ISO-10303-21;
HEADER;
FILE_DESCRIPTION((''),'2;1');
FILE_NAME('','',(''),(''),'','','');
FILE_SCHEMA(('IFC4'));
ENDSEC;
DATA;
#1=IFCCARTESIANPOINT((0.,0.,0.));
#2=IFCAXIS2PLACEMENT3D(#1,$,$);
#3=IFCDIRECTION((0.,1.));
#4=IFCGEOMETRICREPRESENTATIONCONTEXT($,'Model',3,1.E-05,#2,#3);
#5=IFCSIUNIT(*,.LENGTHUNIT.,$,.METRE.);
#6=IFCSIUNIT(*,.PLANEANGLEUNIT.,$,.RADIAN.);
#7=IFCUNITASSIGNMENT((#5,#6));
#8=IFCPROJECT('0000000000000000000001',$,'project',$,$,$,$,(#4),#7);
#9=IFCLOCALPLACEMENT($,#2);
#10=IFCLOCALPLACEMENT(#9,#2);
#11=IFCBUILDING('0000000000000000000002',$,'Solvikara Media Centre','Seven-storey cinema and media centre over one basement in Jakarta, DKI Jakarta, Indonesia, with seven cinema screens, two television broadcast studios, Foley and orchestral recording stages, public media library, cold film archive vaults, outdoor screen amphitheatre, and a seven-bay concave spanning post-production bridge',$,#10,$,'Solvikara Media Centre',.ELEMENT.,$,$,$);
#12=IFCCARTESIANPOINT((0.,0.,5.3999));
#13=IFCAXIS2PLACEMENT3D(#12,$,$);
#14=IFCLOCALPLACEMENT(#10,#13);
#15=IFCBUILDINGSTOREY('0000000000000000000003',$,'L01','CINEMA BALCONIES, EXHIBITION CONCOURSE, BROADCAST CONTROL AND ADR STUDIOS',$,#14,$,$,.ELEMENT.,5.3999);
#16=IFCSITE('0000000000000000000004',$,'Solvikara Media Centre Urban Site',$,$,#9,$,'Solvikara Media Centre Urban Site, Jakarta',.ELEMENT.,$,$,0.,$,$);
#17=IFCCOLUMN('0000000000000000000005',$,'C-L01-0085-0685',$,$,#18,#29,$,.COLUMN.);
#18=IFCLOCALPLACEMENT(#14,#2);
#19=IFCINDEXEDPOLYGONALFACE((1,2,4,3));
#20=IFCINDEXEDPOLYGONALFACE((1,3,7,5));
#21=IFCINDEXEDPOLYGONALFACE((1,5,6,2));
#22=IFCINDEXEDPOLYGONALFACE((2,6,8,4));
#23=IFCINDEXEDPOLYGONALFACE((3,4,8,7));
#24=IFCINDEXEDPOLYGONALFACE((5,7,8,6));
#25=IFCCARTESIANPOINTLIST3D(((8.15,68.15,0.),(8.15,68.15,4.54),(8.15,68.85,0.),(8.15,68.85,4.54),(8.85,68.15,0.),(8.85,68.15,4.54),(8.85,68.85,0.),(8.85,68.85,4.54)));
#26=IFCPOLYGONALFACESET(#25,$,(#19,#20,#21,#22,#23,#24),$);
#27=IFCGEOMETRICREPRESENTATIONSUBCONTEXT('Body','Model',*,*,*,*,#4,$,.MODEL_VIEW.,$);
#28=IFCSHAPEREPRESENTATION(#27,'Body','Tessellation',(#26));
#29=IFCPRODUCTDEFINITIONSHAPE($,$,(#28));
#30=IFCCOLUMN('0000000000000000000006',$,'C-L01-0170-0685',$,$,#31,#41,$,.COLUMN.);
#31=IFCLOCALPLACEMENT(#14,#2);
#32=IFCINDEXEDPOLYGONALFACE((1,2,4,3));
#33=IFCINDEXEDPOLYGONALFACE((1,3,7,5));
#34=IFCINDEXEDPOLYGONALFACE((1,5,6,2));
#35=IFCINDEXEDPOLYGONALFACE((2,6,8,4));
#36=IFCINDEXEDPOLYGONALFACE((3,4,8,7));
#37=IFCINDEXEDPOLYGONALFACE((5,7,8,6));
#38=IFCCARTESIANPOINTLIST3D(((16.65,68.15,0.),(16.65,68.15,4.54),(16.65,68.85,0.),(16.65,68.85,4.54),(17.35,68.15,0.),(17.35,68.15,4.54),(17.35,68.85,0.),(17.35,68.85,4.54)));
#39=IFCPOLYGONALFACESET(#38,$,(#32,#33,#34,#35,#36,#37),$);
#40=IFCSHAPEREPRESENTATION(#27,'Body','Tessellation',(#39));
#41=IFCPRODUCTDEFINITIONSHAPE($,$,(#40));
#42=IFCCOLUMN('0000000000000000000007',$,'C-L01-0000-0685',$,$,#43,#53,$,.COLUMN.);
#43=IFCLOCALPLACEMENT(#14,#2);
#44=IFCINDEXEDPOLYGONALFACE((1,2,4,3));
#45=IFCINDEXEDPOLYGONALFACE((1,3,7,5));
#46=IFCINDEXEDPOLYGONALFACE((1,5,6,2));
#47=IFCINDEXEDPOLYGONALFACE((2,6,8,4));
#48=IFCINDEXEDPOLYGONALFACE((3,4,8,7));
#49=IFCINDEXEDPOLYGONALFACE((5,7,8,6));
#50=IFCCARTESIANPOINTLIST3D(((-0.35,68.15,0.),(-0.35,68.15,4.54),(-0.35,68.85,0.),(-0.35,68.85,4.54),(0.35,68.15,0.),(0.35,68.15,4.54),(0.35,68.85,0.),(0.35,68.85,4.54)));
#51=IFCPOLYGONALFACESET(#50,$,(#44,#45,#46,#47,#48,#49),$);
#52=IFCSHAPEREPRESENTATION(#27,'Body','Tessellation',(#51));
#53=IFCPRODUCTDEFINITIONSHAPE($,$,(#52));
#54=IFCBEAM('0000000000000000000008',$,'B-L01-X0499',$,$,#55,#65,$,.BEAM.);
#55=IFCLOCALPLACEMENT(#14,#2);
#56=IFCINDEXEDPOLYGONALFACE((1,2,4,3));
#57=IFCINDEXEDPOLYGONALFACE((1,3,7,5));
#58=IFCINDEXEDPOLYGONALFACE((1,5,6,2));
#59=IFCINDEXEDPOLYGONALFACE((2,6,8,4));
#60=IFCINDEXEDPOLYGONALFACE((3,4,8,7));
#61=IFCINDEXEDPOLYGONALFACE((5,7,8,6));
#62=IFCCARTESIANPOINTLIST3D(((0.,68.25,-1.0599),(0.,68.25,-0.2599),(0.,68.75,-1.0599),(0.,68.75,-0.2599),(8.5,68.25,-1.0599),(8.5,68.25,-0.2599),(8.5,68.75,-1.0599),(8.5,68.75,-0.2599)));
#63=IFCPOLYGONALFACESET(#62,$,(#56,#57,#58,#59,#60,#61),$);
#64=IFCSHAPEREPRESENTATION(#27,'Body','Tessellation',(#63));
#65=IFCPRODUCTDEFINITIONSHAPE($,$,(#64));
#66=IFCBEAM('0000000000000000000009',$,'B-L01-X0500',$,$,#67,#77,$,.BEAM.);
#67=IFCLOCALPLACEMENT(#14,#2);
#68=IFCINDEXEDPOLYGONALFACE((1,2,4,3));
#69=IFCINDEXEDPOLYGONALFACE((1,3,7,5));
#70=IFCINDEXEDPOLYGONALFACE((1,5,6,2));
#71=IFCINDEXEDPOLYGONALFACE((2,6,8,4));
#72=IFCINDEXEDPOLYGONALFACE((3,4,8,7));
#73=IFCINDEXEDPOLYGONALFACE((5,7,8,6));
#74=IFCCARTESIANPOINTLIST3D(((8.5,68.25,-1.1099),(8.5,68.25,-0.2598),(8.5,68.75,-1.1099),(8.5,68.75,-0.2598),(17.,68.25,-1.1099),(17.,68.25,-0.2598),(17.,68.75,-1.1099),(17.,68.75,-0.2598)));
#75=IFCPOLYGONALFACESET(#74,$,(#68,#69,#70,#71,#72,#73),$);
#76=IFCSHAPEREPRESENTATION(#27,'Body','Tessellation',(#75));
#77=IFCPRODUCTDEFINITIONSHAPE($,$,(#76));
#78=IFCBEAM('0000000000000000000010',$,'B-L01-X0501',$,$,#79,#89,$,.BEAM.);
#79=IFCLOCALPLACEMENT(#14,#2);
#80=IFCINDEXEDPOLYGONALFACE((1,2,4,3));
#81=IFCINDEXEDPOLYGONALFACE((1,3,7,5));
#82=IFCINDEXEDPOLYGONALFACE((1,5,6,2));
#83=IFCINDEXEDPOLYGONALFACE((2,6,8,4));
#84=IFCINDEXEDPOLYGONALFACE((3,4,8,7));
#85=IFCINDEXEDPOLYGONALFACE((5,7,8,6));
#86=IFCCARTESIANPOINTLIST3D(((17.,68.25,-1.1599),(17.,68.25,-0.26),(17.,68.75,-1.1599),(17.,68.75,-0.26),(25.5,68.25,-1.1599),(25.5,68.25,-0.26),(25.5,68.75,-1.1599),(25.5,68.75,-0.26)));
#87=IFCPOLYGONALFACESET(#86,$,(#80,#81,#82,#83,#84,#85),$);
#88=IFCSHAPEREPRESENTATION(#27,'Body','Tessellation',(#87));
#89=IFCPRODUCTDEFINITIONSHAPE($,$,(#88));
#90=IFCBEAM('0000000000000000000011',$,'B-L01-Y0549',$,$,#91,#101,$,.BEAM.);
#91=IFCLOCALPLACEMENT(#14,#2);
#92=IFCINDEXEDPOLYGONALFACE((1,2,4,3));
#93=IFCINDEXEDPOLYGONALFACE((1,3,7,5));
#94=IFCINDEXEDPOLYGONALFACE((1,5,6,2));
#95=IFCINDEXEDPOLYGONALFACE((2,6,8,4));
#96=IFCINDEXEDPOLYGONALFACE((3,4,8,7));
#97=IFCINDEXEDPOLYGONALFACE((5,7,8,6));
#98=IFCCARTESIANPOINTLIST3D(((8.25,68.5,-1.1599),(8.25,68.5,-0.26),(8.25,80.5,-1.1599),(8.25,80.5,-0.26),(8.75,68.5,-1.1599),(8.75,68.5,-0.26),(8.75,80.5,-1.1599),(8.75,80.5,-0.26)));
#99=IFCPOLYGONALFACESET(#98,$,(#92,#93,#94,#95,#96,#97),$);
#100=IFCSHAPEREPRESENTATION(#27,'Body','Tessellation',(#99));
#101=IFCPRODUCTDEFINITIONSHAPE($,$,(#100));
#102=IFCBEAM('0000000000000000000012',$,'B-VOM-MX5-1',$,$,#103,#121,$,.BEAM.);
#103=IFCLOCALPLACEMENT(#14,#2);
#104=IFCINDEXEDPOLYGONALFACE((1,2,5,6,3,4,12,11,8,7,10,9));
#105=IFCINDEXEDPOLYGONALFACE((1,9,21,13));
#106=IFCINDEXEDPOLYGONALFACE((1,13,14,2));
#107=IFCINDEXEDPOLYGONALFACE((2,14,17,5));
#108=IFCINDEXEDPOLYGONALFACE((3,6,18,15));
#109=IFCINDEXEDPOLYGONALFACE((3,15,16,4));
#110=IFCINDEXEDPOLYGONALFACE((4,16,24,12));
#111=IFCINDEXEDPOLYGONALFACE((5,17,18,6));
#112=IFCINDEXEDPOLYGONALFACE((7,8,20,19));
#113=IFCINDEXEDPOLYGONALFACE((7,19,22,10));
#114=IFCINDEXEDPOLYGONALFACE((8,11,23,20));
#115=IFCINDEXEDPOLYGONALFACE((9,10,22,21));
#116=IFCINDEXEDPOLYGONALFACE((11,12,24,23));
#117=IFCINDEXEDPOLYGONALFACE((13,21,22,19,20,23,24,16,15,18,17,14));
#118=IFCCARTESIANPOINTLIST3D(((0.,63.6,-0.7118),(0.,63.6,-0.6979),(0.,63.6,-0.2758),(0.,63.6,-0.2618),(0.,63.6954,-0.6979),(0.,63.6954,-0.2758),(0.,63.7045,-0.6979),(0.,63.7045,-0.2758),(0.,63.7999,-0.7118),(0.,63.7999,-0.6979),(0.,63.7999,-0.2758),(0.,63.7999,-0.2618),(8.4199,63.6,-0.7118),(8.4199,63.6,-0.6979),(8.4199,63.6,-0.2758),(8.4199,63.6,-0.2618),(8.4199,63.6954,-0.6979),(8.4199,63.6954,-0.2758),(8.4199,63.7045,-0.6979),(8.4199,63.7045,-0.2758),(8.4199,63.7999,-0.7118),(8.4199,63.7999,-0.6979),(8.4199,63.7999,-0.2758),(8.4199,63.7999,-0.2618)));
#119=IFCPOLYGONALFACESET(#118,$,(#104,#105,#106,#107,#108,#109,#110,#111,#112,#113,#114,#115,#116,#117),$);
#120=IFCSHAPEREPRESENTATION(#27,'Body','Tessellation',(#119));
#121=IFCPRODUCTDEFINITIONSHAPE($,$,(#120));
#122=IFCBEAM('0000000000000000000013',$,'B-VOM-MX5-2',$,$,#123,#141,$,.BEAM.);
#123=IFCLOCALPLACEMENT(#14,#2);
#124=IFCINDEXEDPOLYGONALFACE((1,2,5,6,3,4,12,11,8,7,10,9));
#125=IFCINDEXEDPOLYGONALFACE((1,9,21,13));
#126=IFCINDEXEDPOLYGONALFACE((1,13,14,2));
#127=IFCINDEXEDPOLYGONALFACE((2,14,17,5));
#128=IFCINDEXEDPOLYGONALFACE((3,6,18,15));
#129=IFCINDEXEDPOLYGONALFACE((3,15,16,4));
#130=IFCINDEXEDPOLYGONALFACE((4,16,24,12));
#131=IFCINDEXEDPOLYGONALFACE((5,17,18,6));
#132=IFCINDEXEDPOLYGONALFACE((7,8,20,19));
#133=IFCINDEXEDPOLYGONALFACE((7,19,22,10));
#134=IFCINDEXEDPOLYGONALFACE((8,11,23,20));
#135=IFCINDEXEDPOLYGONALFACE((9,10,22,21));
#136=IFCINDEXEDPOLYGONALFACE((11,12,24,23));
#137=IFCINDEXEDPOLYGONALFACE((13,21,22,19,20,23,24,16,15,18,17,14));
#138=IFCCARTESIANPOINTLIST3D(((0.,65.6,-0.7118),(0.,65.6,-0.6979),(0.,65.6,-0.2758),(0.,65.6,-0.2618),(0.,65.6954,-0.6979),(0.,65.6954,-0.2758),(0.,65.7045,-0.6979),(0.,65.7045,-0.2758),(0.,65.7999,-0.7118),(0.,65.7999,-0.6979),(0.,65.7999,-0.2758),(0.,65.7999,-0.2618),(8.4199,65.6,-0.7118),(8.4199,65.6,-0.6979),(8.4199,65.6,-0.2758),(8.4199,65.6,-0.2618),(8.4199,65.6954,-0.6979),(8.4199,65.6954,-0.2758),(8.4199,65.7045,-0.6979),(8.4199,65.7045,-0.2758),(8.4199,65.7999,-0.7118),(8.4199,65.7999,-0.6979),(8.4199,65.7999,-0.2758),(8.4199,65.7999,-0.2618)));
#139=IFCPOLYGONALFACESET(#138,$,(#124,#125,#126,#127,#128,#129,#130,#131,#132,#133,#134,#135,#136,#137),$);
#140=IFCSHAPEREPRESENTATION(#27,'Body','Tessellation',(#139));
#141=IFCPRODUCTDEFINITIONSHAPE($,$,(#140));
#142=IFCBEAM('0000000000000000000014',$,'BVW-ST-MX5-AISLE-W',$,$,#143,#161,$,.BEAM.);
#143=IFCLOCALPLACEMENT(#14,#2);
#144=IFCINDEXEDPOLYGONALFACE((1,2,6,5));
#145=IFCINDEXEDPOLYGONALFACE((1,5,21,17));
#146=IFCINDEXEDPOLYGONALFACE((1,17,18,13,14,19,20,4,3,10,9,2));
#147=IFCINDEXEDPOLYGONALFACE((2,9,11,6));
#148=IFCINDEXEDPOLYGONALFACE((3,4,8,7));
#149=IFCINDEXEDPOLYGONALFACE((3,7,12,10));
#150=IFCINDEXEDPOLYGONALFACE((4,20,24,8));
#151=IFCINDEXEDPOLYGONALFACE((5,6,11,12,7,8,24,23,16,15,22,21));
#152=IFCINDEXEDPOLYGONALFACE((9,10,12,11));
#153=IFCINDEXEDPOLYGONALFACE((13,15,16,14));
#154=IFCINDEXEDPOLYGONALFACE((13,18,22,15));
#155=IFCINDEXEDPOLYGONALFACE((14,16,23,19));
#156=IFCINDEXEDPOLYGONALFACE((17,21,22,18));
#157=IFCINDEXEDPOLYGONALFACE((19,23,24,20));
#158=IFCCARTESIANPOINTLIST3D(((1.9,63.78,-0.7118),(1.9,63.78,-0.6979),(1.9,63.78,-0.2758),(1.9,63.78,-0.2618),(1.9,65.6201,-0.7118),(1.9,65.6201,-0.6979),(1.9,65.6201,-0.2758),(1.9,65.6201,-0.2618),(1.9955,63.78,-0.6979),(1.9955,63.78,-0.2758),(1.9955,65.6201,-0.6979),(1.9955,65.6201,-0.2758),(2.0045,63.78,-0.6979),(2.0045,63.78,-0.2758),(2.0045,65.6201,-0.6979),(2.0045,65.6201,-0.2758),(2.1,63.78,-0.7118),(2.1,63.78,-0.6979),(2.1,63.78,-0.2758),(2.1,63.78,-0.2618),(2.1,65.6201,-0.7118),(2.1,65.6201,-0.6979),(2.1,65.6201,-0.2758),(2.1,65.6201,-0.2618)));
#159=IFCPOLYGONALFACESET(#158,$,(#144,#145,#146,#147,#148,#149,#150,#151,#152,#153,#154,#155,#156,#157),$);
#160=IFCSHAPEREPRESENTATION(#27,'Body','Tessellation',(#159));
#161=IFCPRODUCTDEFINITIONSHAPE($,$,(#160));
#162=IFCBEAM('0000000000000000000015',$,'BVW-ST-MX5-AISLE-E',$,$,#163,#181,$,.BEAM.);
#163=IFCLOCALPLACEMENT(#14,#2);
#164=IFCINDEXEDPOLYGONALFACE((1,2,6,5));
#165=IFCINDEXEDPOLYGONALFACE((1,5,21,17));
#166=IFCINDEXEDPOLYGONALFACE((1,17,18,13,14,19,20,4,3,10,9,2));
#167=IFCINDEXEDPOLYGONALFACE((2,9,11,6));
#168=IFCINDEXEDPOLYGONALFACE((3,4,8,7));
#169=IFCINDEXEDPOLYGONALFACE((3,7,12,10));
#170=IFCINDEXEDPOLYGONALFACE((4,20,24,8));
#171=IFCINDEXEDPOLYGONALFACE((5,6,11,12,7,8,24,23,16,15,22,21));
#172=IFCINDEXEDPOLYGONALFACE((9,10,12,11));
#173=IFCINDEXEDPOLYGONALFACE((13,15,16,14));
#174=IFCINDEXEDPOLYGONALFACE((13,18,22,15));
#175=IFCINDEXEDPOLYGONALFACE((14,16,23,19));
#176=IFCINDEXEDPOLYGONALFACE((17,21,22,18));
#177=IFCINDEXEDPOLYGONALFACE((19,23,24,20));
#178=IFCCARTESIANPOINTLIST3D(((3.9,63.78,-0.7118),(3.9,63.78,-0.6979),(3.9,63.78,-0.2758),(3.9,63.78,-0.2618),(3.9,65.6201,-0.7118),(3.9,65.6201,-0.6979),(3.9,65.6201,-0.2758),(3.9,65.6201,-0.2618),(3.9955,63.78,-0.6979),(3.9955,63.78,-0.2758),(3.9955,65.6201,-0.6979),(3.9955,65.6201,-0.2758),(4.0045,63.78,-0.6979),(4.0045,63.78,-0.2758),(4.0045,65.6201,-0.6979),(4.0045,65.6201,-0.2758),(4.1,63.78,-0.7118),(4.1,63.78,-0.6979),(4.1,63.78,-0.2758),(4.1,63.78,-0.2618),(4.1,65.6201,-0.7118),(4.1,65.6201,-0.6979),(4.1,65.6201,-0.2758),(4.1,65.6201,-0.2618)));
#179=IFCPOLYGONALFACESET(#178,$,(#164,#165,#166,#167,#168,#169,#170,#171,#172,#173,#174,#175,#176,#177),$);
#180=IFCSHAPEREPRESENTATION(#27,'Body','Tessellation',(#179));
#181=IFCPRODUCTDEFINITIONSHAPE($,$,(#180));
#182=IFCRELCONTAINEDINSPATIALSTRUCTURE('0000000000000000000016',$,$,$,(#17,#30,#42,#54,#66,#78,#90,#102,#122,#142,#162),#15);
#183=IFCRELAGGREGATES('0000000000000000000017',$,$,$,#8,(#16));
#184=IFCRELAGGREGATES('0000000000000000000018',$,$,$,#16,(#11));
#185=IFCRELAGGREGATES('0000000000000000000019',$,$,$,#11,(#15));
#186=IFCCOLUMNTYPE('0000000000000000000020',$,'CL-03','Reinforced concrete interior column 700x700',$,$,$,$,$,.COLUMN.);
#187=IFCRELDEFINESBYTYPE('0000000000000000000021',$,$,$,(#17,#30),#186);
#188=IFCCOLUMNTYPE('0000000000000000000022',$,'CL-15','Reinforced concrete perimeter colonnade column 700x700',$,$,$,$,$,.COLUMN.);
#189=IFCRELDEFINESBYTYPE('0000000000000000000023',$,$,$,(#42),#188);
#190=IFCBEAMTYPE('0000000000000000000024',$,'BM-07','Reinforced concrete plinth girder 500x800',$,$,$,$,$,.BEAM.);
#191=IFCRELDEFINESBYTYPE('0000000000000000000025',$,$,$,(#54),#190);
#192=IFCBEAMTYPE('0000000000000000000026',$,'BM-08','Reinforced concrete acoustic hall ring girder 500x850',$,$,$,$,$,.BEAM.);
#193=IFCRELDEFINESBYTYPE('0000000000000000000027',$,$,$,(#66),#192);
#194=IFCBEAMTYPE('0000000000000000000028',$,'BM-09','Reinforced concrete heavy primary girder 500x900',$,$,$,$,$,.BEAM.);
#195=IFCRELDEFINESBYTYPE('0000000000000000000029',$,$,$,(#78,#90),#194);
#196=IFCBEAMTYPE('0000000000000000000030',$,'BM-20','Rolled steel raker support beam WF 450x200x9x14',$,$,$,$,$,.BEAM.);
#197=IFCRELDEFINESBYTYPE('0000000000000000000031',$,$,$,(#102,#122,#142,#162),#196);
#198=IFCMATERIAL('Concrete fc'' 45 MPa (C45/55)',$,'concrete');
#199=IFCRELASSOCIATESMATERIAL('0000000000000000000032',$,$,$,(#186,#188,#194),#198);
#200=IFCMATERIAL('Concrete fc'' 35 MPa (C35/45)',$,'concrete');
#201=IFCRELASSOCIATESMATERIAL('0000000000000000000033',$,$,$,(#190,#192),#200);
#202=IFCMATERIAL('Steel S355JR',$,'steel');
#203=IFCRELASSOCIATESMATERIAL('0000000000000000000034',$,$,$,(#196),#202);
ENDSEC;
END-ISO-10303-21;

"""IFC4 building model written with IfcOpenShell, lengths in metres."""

from ifc_helpers import new_model, si_unit, direction, frame, origin, origin_2d, place, context, subcontext, project, spatial, rectangle, i_section, extrude, material, material_profile, profile_set, type_object, element, save


model = new_model("IFC4")

# Units and contexts
model_context = context("Model", 3, precision=1e-05, world=origin(), true_north=direction((0.0, 1.0)))
body_context = subcontext(model_context, "Body", "Model", "MODEL_VIEW")
ifc_project = project(units=[si_unit("LENGTHUNIT", "METRE"), si_unit("PLANEANGLEUNIT", "RADIAN")], contexts=[model_context])

# Site, building, storey
site_placement = place(None, origin())
site = spatial("IfcSite", under=ifc_project, at=site_placement, Name="Solvikara Media Centre Urban Site", LongName="Solvikara Media Centre Urban Site, Jakarta", CompositionType="ELEMENT", RefElevation=0.0)
building_placement = place(site_placement, origin())
building = spatial("IfcBuilding", under=site, at=building_placement, Name="Solvikara Media Centre", Description="Seven-storey cinema and media centre over one basement in Jakarta, DKI Jakarta, Indonesia, with seven cinema screens, two television broadcast studios, Foley and orchestral recording stages, public media library, cold film archive vaults, outdoor screen amphitheatre, and a seven-bay concave spanning post-production bridge", LongName="Solvikara Media Centre", CompositionType="ELEMENT")
storey_placement = place(building_placement, frame((0.0, 0.0, 5.3999)))
storey = spatial("IfcBuildingStorey", under=building, at=storey_placement, Name="L01", Description="CINEMA BALCONIES, EXHIBITION CONCOURSE, BROADCAST CONTROL AND ADR STUDIOS", CompositionType="ELEMENT", Elevation=5.3999)

# Columns
ifc_material_1 = material(Name="Concrete fc' 45 MPa (C45/55)", Category="concrete")
ifc_material_profile_1 = material_profile(ifc_material_1, rectangle(XDim=0.7, YDim=0.7, at=origin_2d()), Name="RC 700x700")
ifc_profile_set_1 = profile_set([ifc_material_profile_1], Name="Concrete fc' 45 MPa (C45/55)")
column_type_1 = type_object("IfcColumnType", Name="CL-03", Description="Reinforced concrete interior column 700x700", PredefinedType="COLUMN", material=ifc_profile_set_1)
for number, where, z_axis, x_axis, name in (
    (1, (8.5, 68.5, 0.0), (0.0, 0.0, 1.0), (1.0, 0.0, 0.0), "C-L01-0085-0685"),
    (2, (17.0, 68.5, 0.0), (0.0, 0.0, 1.0), (1.0, 0.0, 0.0), "C-L01-0170-0685"),
):
    element("IfcColumn", number, at=place(storey_placement, frame(where, z_axis=z_axis, x_axis=x_axis)), inside=storey, type_object=column_type_1, Name=name, PredefinedType="COLUMN", context=body_context, shape_type="SweptSolid", body=[
        extrude(rectangle(XDim=0.7, YDim=0.7, at=origin_2d()), origin(), (0.0, 0.0, 1.0), 4.54),
    ])
ifc_material_profile_2 = material_profile(ifc_material_1, rectangle(XDim=0.7, YDim=0.7, at=origin_2d()), Name="RC 700x700")
ifc_profile_set_2 = profile_set([ifc_material_profile_2], Name="Concrete fc' 45 MPa (C45/55)")
column_type_2 = type_object("IfcColumnType", Name="CL-15", Description="Reinforced concrete perimeter colonnade column 700x700", PredefinedType="COLUMN", material=ifc_profile_set_2)
column_placement = place(storey_placement, frame((0.0, 68.5, 0.0), z_axis=(0.0, 0.0, 1.0), x_axis=(1.0, 0.0, 0.0)))
element("IfcColumn", 3, at=column_placement, inside=storey, type_object=column_type_2, Name="C-L01-0000-0685", PredefinedType="COLUMN", context=body_context, shape_type="SweptSolid", body=[
    extrude(rectangle(XDim=0.7, YDim=0.7, at=origin_2d()), origin(), (0.0, 0.0, 1.0), 4.54),
])

# Beams
ifc_material_2 = material(Name="Concrete fc' 35 MPa (C35/45)", Category="concrete")
ifc_material_profile_3 = material_profile(ifc_material_2, rectangle(XDim=0.5, YDim=0.8, at=origin_2d()), Name="RC 500x800")
ifc_profile_set_3 = profile_set([ifc_material_profile_3], Name="Concrete fc' 35 MPa (C35/45)")
beam_type_1 = type_object("IfcBeamType", Name="BM-07", Description="Reinforced concrete plinth girder 500x800", PredefinedType="BEAM", material=ifc_profile_set_3)
beam_1_placement = place(storey_placement, frame((0.0, 68.5, -0.6599), z_axis=(1.0, 0.0, 0.0), x_axis=(0.0, 1.0, 0.0)))
element("IfcBeam", 4, at=beam_1_placement, inside=storey, type_object=beam_type_1, Name="B-L01-X0499", PredefinedType="BEAM", context=body_context, shape_type="SweptSolid", body=[
    extrude(rectangle(XDim=0.5, YDim=0.8, at=origin_2d()), origin(), (0.0, 0.0, 1.0), 8.5),
])
ifc_material_profile_4 = material_profile(ifc_material_2, rectangle(XDim=0.5, YDim=0.8501, at=origin_2d()), Name="RC 500x850")
ifc_profile_set_4 = profile_set([ifc_material_profile_4], Name="Concrete fc' 35 MPa (C35/45)")
beam_type_2 = type_object("IfcBeamType", Name="BM-08", Description="Reinforced concrete acoustic hall ring girder 500x850", PredefinedType="BEAM", material=ifc_profile_set_4)
beam_2_placement = place(storey_placement, frame((8.5, 68.5, -0.6848), z_axis=(1.0, 0.0, 0.0), x_axis=(0.0, 1.0, 0.0)))
element("IfcBeam", 5, at=beam_2_placement, inside=storey, type_object=beam_type_2, Name="B-L01-X0500", PredefinedType="BEAM", context=body_context, shape_type="SweptSolid", body=[
    extrude(rectangle(XDim=0.5, YDim=0.8501, at=origin_2d()), origin(), (0.0, 0.0, 1.0), 8.5),
])
ifc_material_profile_5 = material_profile(ifc_material_1, rectangle(XDim=0.5, YDim=0.8999, at=origin_2d()), Name="RC 500x900")
ifc_profile_set_5 = profile_set([ifc_material_profile_5], Name="Concrete fc' 45 MPa (C45/55)")
beam_type_3 = type_object("IfcBeamType", Name="BM-09", Description="Reinforced concrete heavy primary girder 500x900", PredefinedType="BEAM", material=ifc_profile_set_5)
beam_3_placement = place(storey_placement, frame((17.0, 68.5, -0.71), z_axis=(1.0, 0.0, 0.0), x_axis=(0.0, 1.0, 0.0)))
element("IfcBeam", 6, at=beam_3_placement, inside=storey, type_object=beam_type_3, Name="B-L01-X0501", PredefinedType="BEAM", context=body_context, shape_type="SweptSolid", body=[
    extrude(rectangle(XDim=0.5, YDim=0.8999, at=origin_2d()), origin(), (0.0, 0.0, 1.0), 8.5),
])
beam_4_placement = place(storey_placement, frame((8.5, 68.5, -0.71), z_axis=(0.0, 1.0, 0.0), x_axis=(-1.0, 0.0, 0.0)))
element("IfcBeam", 7, at=beam_4_placement, inside=storey, type_object=beam_type_3, Name="B-L01-Y0549", PredefinedType="BEAM", context=body_context, shape_type="SweptSolid", body=[
    extrude(rectangle(XDim=0.5, YDim=0.8999, at=origin_2d()), origin(), (0.0, 0.0, 1.0), 12.0),
])
ifc_material_3 = material(Name="Steel S355JR", Category="steel")
ifc_material_profile_6 = material_profile(ifc_material_3, i_section(OverallWidth=0.2, OverallDepth=0.45, WebThickness=0.009, FlangeThickness=0.0139, at=origin_2d()), Name="WF 450x200x9x14")
ifc_profile_set_6 = profile_set([ifc_material_profile_6], Name="Steel S355JR")
beam_type_4 = type_object("IfcBeamType", Name="BM-20", Description="Rolled steel raker support beam WF 450x200x9x14", PredefinedType="BEAM", material=ifc_profile_set_6)
for number, where, z_axis, x_axis, name in (
    (8, (0.0, 63.7, -0.4868), (1.0, 0.0, 0.0), (0.0, 1.0, 0.0), "B-VOM-MX5-1"),
    (9, (0.0, 65.7, -0.4868), (1.0, 0.0, 0.0), (0.0, 1.0, 0.0), "B-VOM-MX5-2"),
):
    element("IfcBeam", number, at=place(storey_placement, frame(where, z_axis=z_axis, x_axis=x_axis)), inside=storey, type_object=beam_type_4, Name=name, PredefinedType="BEAM", context=body_context, shape_type="SweptSolid", body=[
        extrude(i_section(OverallWidth=0.2, OverallDepth=0.45, WebThickness=0.009, FlangeThickness=0.0139, at=origin_2d()), origin(), (0.0, 0.0, 1.0), 8.4199),
    ])
for number, where, z_axis, x_axis, name in (
    (10, (2.0, 63.78, -0.4868), (0.0, 1.0, 0.0), (-1.0, 0.0, 0.0), "BVW-ST-MX5-AISLE-W"),
    (11, (4.0, 63.78, -0.4868), (0.0, 1.0, 0.0), (-1.0, 0.0, 0.0), "BVW-ST-MX5-AISLE-E"),
):
    element("IfcBeam", number, at=place(storey_placement, frame(where, z_axis=z_axis, x_axis=x_axis)), inside=storey, type_object=beam_type_4, Name=name, PredefinedType="BEAM", context=body_context, shape_type="SweptSolid", body=[
        extrude(i_section(OverallWidth=0.2, OverallDepth=0.45, WebThickness=0.009, FlangeThickness=0.0139, at=origin_2d()), origin(), (0.0, 0.0, 1.0), 1.8401),
    ])

save(model, "model.ifc")
